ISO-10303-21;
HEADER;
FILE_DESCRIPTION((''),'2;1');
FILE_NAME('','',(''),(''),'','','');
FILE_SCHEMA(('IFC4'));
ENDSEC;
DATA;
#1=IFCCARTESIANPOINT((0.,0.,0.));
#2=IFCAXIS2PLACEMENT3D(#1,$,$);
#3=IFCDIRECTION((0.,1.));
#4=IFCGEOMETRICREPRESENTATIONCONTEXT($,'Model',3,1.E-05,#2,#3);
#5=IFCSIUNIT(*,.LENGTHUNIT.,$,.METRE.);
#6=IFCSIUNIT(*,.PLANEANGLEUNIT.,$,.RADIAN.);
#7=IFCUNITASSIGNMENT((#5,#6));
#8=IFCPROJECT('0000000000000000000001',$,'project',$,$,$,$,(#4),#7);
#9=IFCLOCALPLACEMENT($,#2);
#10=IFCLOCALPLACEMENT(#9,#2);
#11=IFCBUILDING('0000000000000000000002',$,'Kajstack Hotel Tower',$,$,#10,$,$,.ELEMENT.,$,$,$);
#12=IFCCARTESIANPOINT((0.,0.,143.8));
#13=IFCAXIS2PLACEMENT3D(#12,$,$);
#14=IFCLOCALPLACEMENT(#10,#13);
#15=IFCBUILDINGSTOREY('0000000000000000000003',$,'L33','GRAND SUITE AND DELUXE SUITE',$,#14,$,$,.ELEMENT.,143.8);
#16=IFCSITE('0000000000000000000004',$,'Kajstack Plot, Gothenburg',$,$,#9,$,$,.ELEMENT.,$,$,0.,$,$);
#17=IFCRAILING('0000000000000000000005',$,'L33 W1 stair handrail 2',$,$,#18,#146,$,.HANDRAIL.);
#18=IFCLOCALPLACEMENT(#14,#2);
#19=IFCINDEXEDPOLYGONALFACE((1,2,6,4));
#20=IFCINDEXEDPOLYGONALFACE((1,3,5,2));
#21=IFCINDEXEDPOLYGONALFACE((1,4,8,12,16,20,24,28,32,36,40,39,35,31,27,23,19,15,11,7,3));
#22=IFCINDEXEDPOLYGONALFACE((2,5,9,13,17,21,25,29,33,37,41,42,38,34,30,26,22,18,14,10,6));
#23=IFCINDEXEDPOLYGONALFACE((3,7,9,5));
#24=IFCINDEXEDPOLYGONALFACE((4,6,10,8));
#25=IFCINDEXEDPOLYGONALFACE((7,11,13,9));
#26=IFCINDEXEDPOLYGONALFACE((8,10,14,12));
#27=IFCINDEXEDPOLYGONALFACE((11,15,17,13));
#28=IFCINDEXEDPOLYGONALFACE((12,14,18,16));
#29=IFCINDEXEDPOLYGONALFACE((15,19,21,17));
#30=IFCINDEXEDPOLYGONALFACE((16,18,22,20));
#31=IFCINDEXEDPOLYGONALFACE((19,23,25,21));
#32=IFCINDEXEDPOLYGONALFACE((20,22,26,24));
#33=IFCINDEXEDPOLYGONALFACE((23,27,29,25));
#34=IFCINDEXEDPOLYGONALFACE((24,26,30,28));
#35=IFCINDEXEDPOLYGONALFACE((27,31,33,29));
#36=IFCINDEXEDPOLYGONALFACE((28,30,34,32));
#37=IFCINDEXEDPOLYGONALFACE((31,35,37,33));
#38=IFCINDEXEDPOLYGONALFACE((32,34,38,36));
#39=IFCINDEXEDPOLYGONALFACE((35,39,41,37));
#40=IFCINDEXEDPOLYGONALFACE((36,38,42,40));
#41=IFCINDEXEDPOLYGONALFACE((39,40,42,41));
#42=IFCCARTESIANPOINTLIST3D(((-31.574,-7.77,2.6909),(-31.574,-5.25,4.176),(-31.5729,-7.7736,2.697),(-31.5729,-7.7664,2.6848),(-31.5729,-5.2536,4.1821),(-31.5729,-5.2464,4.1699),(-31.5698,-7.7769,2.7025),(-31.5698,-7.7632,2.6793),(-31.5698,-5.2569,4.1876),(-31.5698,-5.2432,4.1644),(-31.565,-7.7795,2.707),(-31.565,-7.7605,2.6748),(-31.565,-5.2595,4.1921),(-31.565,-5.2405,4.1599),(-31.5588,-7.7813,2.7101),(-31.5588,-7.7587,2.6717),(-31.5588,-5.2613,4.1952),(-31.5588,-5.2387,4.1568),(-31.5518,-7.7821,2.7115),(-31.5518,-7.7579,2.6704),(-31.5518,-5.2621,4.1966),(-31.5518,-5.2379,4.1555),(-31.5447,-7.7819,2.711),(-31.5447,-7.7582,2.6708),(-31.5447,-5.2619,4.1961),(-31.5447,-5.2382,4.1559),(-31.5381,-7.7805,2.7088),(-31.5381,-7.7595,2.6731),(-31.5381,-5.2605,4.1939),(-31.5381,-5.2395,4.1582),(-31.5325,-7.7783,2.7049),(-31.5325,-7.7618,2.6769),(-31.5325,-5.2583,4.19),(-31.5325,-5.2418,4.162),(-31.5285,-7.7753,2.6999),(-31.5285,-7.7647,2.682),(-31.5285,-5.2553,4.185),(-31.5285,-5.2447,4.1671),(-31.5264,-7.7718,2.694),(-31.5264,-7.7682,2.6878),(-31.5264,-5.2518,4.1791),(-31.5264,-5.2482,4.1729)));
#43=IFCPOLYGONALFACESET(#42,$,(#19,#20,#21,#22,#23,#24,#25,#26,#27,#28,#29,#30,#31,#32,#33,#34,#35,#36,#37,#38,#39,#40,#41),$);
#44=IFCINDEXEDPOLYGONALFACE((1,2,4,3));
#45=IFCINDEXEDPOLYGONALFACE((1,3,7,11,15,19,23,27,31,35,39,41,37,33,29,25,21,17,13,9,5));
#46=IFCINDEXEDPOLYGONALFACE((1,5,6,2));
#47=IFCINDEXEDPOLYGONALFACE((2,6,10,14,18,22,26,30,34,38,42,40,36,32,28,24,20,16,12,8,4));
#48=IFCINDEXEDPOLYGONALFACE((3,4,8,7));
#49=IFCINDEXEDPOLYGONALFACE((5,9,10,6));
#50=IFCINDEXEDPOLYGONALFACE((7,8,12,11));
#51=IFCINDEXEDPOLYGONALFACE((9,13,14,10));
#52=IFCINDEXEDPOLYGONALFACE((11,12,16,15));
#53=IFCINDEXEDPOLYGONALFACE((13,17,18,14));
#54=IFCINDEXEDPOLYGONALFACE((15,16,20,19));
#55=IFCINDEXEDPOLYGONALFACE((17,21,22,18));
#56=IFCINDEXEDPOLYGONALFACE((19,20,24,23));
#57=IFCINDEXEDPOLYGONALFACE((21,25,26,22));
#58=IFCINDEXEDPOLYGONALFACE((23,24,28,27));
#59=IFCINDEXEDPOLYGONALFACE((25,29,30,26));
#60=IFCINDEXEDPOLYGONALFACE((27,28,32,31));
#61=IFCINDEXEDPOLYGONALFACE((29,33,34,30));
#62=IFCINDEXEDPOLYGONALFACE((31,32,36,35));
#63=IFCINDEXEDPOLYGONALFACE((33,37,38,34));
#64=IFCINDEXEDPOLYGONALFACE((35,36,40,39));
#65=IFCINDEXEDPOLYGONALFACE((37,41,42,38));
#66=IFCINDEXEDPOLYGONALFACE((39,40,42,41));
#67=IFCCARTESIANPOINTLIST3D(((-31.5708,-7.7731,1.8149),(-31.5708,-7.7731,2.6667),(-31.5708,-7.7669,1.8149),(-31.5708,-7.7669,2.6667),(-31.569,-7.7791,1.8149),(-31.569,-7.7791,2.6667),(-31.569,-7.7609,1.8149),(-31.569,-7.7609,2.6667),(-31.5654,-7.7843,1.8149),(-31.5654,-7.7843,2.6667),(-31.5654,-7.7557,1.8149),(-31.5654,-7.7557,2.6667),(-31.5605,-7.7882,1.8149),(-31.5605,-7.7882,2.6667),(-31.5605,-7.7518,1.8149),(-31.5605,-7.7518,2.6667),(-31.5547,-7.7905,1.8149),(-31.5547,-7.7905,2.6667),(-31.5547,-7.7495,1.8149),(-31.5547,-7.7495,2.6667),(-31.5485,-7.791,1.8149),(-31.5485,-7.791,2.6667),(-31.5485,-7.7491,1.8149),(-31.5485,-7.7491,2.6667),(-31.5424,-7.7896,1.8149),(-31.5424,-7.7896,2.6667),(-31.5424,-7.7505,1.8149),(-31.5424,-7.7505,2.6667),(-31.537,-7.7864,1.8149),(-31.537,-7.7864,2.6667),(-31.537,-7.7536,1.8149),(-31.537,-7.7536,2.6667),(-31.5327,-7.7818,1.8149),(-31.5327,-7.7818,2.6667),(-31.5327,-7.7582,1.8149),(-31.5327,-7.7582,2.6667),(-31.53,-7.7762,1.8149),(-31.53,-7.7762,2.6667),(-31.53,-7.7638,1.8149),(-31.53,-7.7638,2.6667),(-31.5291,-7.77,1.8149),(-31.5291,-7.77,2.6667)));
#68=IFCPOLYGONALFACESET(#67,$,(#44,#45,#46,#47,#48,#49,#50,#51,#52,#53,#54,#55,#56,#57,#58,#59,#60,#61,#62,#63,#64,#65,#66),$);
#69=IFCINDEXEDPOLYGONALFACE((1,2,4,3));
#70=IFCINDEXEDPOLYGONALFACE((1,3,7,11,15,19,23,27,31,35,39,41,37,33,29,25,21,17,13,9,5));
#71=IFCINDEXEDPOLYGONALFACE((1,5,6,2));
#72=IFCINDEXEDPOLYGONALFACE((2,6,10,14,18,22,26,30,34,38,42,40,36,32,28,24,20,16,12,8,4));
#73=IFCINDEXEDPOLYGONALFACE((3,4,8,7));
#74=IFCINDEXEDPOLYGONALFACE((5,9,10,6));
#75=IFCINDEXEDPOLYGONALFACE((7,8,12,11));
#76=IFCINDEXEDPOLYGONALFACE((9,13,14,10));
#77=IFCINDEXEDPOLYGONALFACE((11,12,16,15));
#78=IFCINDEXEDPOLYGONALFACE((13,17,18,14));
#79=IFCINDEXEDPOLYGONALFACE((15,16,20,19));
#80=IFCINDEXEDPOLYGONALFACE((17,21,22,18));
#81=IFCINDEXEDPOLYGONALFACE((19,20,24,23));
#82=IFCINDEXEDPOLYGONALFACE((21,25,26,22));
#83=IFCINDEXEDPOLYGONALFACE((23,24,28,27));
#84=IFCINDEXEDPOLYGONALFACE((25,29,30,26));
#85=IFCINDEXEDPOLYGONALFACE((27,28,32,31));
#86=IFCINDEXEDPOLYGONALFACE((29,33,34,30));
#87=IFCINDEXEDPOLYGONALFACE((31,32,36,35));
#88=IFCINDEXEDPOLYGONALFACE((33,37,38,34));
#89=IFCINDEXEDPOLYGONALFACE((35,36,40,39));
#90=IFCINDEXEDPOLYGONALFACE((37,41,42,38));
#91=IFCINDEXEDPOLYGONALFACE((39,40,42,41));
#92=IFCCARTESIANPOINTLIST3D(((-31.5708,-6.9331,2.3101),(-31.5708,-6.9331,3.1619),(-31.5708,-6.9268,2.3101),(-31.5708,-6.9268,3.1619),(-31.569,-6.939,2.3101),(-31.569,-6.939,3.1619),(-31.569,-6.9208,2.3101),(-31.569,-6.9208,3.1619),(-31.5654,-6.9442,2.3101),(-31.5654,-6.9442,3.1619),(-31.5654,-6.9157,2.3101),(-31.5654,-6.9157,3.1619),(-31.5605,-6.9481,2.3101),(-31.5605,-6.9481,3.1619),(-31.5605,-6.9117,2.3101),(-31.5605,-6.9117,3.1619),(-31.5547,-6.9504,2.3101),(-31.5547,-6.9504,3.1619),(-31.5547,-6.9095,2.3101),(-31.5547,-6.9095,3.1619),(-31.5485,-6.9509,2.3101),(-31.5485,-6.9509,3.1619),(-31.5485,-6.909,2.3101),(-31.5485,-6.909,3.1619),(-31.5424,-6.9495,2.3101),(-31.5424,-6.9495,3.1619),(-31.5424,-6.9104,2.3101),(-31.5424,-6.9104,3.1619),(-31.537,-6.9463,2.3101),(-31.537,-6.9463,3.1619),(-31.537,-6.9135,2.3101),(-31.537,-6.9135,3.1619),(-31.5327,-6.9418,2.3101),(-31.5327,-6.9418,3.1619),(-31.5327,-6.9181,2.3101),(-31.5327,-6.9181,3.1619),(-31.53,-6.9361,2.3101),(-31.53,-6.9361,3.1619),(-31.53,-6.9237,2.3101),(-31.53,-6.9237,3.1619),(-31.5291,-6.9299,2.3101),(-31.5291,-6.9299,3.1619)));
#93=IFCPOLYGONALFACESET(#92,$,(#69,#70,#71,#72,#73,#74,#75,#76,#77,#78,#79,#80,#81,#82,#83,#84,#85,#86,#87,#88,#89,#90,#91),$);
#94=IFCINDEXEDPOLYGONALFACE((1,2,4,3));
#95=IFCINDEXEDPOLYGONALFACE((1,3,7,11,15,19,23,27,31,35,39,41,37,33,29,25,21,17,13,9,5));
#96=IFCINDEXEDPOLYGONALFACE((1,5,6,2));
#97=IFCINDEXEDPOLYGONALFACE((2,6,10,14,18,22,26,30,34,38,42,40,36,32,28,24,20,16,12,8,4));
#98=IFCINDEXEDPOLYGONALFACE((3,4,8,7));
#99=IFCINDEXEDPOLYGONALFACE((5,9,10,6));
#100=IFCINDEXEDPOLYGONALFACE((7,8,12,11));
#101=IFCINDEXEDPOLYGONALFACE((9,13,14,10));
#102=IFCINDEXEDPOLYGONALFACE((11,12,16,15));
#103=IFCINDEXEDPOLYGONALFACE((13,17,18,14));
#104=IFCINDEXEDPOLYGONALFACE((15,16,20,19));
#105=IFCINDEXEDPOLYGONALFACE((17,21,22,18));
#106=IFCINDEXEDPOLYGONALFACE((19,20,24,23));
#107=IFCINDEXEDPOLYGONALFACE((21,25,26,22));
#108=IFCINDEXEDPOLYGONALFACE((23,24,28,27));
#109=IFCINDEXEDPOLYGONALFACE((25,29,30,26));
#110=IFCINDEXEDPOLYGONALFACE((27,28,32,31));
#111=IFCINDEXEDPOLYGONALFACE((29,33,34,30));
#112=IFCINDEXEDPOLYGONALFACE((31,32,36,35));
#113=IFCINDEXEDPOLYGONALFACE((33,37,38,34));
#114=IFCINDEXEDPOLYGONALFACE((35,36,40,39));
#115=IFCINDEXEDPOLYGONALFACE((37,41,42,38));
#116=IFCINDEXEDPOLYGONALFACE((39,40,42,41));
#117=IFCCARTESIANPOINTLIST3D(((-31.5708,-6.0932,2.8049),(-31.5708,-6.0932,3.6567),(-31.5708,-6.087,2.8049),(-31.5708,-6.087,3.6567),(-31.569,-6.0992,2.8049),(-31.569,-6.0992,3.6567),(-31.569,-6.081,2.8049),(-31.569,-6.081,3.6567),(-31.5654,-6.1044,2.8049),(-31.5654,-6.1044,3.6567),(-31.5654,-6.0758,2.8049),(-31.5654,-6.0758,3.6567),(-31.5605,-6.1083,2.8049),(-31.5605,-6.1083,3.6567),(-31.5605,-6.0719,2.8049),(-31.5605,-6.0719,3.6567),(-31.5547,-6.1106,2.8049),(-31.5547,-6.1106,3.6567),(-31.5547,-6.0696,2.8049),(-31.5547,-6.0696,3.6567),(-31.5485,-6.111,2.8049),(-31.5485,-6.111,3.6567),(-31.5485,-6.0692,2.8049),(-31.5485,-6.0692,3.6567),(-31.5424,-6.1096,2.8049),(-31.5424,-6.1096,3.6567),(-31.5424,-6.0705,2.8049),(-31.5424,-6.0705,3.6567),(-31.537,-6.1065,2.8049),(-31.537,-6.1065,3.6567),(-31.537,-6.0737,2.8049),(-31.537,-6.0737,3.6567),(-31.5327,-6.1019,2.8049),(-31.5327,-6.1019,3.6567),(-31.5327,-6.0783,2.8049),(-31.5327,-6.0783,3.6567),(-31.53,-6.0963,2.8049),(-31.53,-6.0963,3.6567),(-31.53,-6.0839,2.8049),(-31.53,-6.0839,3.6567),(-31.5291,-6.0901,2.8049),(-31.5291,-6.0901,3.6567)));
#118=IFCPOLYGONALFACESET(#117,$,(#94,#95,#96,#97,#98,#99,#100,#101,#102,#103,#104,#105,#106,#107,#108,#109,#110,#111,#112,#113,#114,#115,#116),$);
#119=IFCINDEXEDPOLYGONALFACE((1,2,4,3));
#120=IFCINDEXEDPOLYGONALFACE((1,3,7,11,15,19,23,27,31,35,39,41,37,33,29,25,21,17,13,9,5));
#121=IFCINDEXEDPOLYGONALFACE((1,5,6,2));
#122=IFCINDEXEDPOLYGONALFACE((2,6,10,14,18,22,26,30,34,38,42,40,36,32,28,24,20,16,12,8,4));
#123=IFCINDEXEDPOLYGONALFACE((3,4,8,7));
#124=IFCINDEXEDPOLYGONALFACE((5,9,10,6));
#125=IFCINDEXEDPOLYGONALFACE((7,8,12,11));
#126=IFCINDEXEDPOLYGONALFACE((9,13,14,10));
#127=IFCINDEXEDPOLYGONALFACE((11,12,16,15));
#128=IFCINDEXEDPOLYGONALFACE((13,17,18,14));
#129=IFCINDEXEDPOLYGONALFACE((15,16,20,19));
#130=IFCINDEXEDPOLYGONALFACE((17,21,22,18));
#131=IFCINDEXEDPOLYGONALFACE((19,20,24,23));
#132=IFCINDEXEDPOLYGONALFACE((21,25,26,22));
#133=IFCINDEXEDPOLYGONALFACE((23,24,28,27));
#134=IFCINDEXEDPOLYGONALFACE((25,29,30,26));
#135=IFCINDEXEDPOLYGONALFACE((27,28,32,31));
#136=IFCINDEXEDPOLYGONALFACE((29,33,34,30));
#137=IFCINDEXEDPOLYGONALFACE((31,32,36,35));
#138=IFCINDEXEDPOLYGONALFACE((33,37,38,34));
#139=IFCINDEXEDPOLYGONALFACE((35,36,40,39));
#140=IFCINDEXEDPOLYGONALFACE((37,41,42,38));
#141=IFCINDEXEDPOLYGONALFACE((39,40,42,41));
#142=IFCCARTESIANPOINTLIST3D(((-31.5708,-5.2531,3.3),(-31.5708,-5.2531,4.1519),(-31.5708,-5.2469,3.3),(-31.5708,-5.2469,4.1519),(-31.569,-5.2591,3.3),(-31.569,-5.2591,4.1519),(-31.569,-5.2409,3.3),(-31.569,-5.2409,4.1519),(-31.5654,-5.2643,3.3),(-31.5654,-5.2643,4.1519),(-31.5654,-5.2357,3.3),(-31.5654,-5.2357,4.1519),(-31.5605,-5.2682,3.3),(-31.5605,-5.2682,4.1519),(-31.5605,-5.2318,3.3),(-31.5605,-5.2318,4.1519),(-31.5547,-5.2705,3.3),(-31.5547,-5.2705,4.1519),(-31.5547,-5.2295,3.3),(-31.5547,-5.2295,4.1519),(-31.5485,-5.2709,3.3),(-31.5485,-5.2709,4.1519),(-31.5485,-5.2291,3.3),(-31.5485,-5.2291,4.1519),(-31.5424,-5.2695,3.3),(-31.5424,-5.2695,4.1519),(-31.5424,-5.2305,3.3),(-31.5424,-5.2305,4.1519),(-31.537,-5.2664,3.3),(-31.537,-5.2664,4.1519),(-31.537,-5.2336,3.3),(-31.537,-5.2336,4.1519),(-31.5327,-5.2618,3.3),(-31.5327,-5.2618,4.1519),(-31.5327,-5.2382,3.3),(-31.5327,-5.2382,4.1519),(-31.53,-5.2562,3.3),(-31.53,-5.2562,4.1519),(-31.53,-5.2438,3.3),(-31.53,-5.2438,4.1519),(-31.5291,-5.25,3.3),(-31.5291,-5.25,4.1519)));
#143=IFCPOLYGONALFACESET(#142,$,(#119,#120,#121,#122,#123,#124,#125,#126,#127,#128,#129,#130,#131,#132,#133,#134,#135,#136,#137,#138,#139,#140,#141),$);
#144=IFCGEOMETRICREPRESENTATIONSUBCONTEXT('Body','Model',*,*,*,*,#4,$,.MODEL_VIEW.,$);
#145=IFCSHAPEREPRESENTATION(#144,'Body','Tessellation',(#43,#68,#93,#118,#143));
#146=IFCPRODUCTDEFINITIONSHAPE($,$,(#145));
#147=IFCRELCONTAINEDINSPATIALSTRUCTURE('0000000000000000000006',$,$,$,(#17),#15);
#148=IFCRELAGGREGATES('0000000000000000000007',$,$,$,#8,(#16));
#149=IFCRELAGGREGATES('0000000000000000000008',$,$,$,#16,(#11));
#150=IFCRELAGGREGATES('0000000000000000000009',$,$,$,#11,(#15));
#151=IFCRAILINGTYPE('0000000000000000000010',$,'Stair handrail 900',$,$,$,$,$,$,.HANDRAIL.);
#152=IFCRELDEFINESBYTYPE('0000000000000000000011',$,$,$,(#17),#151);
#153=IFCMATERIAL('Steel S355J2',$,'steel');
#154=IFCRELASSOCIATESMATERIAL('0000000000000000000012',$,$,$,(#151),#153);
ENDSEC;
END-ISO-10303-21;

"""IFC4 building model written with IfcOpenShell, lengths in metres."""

from ifc_helpers import new_model, si_unit, direction, frame, origin, origin_2d, place, context, subcontext, project, spatial, circle, extrude, material, type_object, element, save


model = new_model("IFC4")

# Units and contexts
model_context = context("Model", 3, precision=1e-05, world=origin(), true_north=direction((0.0, 1.0)))
body_context = subcontext(model_context, "Body", "Model", "MODEL_VIEW")
ifc_project = project(units=[si_unit("LENGTHUNIT", "METRE"), si_unit("PLANEANGLEUNIT", "RADIAN")], contexts=[model_context])

# Site, building, storey
site_placement = place(None, origin())
site = spatial("IfcSite", under=ifc_project, at=site_placement, Name="Kajstack Plot, Gothenburg", CompositionType="ELEMENT", RefElevation=0.0)
building_placement = place(site_placement, origin())
building = spatial("IfcBuilding", under=site, at=building_placement, Name="Kajstack Hotel Tower", CompositionType="ELEMENT")
storey_placement = place(building_placement, frame((0.0, 0.0, 143.8)))
storey = spatial("IfcBuildingStorey", under=building, at=storey_placement, Name="L33", Description="GRAND SUITE AND DELUXE SUITE", CompositionType="ELEMENT", Elevation=143.8)

# Railing
ifc_material_1 = material(Name="Steel S355J2", Category="steel")
railing_type_1 = type_object("IfcRailingType", Name="Stair handrail 900", PredefinedType="HANDRAIL", material=ifc_material_1)
railing_1_placement = place(storey_placement, frame((-31.55, -7.77, 1.8149)))
element("IfcRailing", 1, at=railing_1_placement, inside=storey, type_object=railing_type_1, Name="L33 W1 stair handrail 2", PredefinedType="HANDRAIL", context=body_context, shape_type="SweptSolid", body=[
    extrude(circle(Radius=0.0239, at=origin_2d()), frame((0.0, 0.0, 0.876), z_axis=(0.0, 0.861524, 0.507717), x_axis=(-1.0, 0.0, 0.0)), (0.0, 0.0, 1.0), 2.925),
    extrude(circle(Radius=0.021, at=origin_2d()), origin(), (0.0, 0.0, 1.0), 0.8518),
    extrude(circle(Radius=0.021, at=origin_2d()), frame((0.0, 0.8401, 0.4951)), (0.0, 0.0, 1.0), 0.8518),
    extrude(circle(Radius=0.021, at=origin_2d()), frame((0.0, 1.6799, 0.99)), (0.0, 0.0, 1.0), 0.8518),
    extrude(circle(Radius=0.021, at=origin_2d()), frame((0.0, 2.52, 1.4851)), (0.0, 0.0, 1.0), 0.8518),
])

save(model, "model.ifc")
